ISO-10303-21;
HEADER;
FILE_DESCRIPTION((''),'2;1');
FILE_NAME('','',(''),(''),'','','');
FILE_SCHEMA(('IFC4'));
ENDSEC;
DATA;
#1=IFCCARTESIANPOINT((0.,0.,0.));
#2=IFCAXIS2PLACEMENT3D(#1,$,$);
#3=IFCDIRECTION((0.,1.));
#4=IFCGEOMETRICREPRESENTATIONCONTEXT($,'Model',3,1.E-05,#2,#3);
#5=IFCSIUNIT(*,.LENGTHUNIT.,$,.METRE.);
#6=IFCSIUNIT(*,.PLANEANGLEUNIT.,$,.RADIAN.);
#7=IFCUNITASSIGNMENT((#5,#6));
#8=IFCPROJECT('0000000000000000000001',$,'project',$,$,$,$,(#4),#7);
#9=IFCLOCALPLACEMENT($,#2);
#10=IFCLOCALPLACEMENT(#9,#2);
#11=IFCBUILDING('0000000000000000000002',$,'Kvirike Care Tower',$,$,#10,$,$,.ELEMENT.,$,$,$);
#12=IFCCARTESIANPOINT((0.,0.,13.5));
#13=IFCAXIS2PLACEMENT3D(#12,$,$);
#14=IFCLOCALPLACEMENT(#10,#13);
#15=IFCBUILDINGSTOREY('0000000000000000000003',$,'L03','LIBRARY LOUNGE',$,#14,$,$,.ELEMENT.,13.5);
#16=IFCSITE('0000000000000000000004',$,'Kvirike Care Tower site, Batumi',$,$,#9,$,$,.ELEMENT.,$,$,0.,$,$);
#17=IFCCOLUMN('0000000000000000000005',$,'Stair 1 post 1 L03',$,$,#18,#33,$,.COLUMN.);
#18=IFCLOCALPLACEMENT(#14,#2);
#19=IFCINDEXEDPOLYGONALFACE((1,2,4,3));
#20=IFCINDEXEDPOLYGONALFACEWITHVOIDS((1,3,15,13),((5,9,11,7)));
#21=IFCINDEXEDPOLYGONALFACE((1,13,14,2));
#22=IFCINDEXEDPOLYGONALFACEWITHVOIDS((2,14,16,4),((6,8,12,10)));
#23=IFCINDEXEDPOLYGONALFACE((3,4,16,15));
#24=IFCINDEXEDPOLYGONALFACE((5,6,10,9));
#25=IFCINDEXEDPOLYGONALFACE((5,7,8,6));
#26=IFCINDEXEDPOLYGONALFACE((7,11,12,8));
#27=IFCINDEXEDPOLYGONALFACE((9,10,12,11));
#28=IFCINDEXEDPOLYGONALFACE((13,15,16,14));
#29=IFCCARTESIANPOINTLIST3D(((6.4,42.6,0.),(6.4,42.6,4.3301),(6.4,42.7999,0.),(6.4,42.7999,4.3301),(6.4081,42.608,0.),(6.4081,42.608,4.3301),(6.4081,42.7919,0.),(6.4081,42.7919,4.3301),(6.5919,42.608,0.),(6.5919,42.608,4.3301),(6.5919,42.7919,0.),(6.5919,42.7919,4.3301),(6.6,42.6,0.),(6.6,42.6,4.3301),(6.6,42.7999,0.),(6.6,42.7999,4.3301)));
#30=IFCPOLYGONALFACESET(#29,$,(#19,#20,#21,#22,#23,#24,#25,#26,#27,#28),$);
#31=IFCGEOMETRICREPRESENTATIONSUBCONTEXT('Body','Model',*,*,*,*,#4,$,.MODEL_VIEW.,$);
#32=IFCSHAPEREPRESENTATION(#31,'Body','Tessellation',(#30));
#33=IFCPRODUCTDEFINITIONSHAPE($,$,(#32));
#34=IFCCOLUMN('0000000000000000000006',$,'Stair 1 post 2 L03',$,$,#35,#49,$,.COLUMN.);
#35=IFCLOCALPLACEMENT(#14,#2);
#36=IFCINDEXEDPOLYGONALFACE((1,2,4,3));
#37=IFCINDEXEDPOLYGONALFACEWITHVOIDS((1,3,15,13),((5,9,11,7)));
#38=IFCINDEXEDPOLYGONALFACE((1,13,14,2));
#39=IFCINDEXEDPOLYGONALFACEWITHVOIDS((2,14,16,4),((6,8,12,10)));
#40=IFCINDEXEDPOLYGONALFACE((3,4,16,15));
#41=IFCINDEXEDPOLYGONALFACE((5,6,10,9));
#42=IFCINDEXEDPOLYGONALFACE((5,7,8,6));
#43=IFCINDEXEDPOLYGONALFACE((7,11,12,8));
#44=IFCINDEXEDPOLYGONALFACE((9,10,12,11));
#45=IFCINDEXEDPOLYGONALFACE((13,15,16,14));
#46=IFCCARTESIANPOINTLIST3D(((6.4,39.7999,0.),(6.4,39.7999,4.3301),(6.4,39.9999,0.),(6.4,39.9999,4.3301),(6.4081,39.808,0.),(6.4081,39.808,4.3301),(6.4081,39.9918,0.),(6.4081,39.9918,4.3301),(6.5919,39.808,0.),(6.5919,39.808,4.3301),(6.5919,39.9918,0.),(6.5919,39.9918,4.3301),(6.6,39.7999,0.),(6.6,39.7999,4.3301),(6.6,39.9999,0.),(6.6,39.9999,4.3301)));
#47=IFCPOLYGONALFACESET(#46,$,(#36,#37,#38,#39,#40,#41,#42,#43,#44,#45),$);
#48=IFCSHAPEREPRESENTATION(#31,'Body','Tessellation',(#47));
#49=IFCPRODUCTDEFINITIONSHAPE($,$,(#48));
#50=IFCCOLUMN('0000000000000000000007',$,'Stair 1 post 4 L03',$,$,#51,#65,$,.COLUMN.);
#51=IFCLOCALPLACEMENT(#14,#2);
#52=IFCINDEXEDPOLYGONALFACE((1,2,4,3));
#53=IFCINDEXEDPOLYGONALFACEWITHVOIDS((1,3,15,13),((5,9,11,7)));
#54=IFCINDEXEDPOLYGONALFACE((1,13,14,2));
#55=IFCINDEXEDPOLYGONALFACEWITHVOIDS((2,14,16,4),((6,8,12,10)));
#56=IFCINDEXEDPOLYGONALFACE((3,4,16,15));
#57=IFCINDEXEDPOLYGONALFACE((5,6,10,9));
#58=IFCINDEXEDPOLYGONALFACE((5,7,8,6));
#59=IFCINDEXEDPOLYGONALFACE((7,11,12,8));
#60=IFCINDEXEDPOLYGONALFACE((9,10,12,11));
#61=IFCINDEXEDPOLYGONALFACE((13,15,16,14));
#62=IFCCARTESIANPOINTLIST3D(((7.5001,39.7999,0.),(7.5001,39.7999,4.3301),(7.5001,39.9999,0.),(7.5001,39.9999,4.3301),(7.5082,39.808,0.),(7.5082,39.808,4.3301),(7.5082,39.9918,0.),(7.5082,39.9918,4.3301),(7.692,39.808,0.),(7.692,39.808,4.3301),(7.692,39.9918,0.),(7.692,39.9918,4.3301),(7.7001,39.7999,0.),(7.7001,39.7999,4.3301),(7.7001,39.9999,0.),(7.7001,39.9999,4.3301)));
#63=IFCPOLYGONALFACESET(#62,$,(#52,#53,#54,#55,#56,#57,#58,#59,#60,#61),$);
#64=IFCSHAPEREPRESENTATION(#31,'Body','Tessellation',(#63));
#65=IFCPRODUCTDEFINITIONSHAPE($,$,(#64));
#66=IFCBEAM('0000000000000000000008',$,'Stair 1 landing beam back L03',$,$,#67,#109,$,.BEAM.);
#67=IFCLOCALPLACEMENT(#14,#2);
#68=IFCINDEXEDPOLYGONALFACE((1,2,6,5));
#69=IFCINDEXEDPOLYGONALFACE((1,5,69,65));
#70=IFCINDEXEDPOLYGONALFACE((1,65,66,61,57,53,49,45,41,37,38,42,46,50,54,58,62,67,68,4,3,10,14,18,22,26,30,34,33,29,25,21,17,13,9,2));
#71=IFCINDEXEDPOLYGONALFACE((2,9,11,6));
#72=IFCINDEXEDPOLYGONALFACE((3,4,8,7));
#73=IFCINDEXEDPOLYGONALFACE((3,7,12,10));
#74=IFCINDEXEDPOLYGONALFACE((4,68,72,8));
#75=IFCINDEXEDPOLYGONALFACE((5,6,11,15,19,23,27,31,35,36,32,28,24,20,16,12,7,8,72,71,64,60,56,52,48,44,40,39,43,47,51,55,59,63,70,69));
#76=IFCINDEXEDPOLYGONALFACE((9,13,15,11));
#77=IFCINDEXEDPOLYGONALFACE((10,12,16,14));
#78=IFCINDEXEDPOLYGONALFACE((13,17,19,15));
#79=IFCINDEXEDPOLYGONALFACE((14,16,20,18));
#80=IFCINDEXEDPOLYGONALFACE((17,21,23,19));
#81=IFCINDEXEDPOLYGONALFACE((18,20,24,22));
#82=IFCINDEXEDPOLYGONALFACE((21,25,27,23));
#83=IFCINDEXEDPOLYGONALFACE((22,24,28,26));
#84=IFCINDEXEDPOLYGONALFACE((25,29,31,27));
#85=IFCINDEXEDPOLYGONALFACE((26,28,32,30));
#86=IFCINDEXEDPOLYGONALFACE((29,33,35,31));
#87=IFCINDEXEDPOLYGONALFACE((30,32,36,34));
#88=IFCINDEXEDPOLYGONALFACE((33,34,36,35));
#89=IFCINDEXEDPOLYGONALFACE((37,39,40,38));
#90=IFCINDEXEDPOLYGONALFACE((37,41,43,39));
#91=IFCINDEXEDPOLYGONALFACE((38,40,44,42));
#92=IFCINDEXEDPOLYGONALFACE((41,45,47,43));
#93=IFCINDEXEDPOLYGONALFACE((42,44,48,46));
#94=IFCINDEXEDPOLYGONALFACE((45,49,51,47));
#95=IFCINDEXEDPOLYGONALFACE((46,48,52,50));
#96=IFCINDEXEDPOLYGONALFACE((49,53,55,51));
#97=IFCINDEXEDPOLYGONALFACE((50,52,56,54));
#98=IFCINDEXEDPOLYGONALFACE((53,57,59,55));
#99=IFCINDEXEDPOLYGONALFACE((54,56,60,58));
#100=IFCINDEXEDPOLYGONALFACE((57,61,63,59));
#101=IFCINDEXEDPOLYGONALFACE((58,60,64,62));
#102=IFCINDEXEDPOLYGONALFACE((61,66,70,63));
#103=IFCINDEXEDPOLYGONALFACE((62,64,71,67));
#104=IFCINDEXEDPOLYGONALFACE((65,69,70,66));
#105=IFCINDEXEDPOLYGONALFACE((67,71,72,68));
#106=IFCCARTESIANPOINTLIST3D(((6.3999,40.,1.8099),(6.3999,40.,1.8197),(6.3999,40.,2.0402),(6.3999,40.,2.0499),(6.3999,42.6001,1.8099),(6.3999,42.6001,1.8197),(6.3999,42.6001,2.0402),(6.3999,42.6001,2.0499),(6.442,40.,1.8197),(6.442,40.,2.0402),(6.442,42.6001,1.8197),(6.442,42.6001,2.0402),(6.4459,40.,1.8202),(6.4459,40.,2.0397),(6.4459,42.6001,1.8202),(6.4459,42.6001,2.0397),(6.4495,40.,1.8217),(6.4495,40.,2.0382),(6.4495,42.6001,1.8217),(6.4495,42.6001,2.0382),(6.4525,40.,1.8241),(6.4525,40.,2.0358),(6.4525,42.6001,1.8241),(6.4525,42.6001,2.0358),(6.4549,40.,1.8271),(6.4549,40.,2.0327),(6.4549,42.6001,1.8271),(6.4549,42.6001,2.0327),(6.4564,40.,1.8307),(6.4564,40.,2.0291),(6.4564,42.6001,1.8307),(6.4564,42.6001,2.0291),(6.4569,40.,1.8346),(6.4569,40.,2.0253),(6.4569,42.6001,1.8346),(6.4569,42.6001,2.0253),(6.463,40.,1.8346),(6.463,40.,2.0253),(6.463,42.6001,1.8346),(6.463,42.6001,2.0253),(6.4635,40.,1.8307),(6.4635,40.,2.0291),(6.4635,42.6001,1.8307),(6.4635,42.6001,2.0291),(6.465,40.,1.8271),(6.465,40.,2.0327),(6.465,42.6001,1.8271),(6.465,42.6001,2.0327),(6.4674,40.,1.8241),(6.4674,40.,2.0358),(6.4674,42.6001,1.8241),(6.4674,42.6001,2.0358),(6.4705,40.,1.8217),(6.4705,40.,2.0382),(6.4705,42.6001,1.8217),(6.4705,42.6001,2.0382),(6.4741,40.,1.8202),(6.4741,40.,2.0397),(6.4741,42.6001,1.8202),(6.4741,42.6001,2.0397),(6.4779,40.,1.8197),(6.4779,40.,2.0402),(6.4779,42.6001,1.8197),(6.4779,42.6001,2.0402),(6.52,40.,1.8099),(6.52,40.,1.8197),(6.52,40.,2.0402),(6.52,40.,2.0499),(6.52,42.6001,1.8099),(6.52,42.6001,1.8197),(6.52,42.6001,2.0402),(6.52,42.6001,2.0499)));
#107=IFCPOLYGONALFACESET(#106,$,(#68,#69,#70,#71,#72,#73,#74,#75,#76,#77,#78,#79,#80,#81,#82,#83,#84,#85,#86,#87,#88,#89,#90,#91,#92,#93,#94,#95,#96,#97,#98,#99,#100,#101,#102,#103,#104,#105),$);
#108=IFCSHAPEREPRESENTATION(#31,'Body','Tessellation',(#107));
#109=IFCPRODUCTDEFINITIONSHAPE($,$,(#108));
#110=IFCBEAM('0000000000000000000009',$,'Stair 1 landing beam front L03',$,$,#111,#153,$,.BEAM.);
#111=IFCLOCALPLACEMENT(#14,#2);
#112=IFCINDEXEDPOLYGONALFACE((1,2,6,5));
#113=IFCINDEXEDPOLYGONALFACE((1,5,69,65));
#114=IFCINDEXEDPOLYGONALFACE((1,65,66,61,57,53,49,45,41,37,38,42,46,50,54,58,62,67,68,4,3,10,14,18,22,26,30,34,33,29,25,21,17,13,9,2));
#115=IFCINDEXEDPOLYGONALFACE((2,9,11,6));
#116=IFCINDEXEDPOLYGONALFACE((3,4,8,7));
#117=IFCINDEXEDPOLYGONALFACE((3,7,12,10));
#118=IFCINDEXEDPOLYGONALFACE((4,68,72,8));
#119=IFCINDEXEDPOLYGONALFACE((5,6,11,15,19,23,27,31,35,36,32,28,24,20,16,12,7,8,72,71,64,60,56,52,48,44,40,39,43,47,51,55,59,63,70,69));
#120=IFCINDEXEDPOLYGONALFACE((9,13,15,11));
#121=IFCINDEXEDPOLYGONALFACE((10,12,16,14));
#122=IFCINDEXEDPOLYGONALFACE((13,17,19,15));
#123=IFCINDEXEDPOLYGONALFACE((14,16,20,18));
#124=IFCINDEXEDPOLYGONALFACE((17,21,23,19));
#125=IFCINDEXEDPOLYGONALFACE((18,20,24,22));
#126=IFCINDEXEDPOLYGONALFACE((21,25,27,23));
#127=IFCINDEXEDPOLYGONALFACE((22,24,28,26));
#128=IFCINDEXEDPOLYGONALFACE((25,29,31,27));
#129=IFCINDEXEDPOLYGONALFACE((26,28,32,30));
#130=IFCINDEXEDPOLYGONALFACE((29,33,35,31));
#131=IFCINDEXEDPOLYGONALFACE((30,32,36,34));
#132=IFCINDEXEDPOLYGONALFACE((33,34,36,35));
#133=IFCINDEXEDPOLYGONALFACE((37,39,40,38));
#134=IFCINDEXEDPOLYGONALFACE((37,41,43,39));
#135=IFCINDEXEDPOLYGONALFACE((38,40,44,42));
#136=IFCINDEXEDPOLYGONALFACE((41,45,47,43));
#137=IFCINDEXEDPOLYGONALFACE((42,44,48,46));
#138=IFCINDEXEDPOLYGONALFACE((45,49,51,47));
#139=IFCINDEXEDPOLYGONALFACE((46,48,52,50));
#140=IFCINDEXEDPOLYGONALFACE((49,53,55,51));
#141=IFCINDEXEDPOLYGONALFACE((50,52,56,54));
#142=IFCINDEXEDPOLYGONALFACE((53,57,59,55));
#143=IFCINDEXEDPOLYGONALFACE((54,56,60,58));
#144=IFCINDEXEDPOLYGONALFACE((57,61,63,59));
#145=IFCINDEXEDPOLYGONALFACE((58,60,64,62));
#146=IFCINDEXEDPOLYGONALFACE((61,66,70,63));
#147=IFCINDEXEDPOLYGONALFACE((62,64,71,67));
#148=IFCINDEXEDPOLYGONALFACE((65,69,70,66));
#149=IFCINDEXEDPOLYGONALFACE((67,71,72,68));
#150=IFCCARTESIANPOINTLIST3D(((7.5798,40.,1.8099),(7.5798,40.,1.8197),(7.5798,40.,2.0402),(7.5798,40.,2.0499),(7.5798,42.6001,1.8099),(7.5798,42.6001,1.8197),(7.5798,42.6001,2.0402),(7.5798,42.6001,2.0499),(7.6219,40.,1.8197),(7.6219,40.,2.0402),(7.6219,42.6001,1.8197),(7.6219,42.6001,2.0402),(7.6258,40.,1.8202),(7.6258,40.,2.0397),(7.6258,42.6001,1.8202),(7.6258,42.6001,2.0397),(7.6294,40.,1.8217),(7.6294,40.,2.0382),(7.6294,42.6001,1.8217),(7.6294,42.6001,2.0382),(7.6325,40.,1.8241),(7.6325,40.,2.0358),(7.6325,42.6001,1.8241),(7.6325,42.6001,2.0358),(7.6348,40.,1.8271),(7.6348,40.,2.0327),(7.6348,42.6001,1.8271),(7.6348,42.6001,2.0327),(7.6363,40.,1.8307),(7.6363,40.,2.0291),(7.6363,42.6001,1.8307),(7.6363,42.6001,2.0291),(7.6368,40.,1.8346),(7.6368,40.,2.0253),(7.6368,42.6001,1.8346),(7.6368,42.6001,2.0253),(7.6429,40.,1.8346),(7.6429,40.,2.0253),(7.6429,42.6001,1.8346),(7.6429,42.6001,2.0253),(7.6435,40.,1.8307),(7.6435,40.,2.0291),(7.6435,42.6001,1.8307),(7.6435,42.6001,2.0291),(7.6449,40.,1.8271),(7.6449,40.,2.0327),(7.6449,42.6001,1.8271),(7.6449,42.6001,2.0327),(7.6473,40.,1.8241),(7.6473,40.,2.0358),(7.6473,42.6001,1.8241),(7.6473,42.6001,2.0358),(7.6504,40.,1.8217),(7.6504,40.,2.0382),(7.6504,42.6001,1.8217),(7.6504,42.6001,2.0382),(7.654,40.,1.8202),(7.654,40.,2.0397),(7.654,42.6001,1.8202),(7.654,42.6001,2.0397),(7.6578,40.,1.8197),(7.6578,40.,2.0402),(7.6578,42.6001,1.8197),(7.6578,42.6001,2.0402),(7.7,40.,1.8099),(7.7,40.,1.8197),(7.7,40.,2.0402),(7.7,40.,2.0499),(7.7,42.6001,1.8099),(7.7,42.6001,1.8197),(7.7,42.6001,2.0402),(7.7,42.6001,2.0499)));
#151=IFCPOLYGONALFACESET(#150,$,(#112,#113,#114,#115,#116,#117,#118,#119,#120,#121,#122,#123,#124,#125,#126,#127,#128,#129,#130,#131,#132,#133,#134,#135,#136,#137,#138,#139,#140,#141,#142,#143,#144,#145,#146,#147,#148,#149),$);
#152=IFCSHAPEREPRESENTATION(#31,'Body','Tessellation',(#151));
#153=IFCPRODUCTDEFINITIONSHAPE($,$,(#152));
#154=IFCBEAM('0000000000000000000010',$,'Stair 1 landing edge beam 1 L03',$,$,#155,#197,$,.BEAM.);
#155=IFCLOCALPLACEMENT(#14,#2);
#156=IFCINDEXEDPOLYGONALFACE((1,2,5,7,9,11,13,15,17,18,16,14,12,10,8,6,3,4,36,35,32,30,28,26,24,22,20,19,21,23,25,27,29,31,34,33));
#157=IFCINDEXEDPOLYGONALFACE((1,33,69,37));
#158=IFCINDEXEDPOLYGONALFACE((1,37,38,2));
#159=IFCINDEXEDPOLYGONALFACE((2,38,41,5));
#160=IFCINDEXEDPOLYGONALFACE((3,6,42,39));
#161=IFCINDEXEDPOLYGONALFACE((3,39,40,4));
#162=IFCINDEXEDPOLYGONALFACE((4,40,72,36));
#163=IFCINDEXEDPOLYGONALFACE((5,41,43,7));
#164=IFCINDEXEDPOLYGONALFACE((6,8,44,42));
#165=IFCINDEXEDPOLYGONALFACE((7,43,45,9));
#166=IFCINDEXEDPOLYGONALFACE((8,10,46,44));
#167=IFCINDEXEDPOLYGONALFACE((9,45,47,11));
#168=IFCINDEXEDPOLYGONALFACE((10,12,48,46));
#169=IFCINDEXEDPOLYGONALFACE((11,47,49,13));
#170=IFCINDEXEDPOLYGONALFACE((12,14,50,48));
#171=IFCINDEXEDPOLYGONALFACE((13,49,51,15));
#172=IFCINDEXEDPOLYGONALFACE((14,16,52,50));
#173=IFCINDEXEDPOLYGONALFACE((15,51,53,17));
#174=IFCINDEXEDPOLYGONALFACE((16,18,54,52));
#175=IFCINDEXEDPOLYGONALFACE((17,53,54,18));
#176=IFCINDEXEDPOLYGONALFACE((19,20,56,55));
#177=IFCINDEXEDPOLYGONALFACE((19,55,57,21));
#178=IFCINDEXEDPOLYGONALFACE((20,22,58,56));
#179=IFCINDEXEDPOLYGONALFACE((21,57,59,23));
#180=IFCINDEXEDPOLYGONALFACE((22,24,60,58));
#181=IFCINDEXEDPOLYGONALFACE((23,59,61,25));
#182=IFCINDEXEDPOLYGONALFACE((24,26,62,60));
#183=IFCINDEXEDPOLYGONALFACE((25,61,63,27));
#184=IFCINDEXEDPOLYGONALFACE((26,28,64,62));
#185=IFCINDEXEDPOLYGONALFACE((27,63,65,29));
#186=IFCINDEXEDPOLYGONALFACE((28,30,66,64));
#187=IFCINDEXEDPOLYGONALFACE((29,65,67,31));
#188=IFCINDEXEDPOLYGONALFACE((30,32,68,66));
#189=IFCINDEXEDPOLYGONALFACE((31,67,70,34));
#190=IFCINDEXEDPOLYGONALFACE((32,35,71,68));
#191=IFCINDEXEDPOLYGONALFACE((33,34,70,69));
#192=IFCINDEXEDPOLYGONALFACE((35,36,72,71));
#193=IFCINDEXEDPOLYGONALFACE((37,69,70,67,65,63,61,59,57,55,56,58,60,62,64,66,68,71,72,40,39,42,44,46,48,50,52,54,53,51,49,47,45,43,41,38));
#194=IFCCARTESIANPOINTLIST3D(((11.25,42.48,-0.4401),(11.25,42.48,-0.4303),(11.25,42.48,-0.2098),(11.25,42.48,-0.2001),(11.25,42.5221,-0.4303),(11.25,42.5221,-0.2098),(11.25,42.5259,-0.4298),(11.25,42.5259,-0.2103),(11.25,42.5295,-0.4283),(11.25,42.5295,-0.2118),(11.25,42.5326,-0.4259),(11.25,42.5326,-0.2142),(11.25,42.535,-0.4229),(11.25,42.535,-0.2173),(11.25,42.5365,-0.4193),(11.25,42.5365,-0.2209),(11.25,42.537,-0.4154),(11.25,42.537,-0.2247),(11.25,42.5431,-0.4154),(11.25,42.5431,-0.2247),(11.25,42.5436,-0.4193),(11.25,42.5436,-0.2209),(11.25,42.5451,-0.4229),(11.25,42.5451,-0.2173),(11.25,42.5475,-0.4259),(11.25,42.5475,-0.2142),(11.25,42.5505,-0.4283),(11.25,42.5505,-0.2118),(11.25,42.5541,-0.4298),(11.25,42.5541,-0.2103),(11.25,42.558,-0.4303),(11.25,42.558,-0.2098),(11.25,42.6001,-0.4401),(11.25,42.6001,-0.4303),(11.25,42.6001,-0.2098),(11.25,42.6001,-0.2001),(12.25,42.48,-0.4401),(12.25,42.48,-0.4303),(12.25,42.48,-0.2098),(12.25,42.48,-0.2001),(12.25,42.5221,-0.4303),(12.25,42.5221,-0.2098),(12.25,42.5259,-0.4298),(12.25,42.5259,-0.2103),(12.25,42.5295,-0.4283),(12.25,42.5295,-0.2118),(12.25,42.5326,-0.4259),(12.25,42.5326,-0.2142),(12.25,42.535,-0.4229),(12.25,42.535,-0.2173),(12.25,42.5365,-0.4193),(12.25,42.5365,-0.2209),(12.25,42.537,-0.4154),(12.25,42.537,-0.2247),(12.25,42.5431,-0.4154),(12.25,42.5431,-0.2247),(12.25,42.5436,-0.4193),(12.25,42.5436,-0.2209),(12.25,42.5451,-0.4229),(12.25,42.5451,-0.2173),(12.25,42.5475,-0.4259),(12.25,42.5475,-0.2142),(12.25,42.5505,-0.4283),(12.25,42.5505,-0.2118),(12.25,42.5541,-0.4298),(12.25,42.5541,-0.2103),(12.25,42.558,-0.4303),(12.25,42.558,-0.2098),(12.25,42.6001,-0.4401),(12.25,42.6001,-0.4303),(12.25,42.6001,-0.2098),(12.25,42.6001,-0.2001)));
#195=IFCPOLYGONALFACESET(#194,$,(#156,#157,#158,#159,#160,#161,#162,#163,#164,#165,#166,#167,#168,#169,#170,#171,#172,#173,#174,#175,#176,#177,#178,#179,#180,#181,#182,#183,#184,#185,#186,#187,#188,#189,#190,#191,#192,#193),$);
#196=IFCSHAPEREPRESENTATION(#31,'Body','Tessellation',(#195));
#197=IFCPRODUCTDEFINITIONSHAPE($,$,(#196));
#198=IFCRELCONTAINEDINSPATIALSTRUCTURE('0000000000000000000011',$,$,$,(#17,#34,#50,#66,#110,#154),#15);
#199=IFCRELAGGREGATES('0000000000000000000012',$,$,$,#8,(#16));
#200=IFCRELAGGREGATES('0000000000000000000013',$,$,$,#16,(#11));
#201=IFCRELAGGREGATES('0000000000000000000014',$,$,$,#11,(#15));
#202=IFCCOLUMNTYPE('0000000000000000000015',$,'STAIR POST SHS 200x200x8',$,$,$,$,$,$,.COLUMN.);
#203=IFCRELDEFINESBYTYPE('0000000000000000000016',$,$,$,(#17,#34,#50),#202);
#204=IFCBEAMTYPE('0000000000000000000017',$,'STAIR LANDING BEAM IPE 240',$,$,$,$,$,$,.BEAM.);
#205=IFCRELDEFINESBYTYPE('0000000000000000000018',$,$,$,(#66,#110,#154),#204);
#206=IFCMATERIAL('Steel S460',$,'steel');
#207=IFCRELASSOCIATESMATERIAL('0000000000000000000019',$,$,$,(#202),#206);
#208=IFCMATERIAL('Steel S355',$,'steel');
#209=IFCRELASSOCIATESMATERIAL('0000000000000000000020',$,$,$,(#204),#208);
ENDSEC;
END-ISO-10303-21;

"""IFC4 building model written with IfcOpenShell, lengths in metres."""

from ifc_helpers import new_model, si_unit, direction, frame, origin, origin_2d, place, context, subcontext, project, spatial, hollow_rectangle, i_section, extrude, material, material_profile, profile_set, type_object, element, save


model = new_model("IFC4")

# Units and contexts
model_context = context("Model", 3, precision=1e-05, world=origin(), true_north=direction((0.0, 1.0)))
body_context = subcontext(model_context, "Body", "Model", "MODEL_VIEW")
ifc_project = project(units=[si_unit("LENGTHUNIT", "METRE"), si_unit("PLANEANGLEUNIT", "RADIAN")], contexts=[model_context])

# Site, building, storey
site_placement = place(None, origin())
site = spatial("IfcSite", under=ifc_project, at=site_placement, Name="Kvirike Care Tower site, Batumi", CompositionType="ELEMENT", RefElevation=0.0)
building_placement = place(site_placement, origin())
building = spatial("IfcBuilding", under=site, at=building_placement, Name="Kvirike Care Tower", CompositionType="ELEMENT")
storey_placement = place(building_placement, frame((0.0, 0.0, 13.5)))
storey = spatial("IfcBuildingStorey", under=building, at=storey_placement, Name="L03", Description="LIBRARY LOUNGE", CompositionType="ELEMENT", Elevation=13.5)

# Columns
ifc_material_1 = material(Name="Steel S460", Category="steel")
ifc_material_profile_1 = material_profile(ifc_material_1, hollow_rectangle(XDim=0.2, YDim=0.2, WallThickness=0.0081, at=origin_2d()), Name="SHS 200x200x8")
ifc_profile_set_1 = profile_set([ifc_material_profile_1], Name="Steel S460")
column_type = type_object("IfcColumnType", Name="STAIR POST SHS 200x200x8", PredefinedType="COLUMN", material=ifc_profile_set_1)
for number, where, z_axis, x_axis, name in (
    (1, (6.5, 42.7, 0.0), (0.0, 0.0, 1.0), (1.0, 0.0, 0.0), "Stair 1 post 1 L03"),
    (2, (6.5, 39.8999, 0.0), (0.0, 0.0, 1.0), (1.0, 0.0, 0.0), "Stair 1 post 2 L03"),
    (3, (7.6001, 39.8999, 0.0), (0.0, 0.0, 1.0), (1.0, 0.0, 0.0), "Stair 1 post 4 L03"),
):
    element("IfcColumn", number, at=place(storey_placement, frame(where, z_axis=z_axis, x_axis=x_axis)), inside=storey, type_object=column_type, Name=name, PredefinedType="COLUMN", context=body_context, shape_type="SweptSolid", body=[
        extrude(hollow_rectangle(XDim=0.2, YDim=0.2, WallThickness=0.0081, at=origin_2d()), origin(), (0.0, 0.0, 1.0), 4.3301),
    ])

# Beams
ifc_material_2 = material(Name="Steel S355", Category="steel")
ifc_material_profile_2 = material_profile(ifc_material_2, i_section(OverallWidth=0.1201, OverallDepth=0.24, WebThickness=0.0061, FlangeThickness=0.0098, FilletRadius=0.0149, at=origin_2d()), Name="IPE 240")
ifc_profile_set_2 = profile_set([ifc_material_profile_2], Name="Steel S355")
beam_type = type_object("IfcBeamType", Name="STAIR LANDING BEAM IPE 240", PredefinedType="BEAM", material=ifc_profile_set_2)
for number, where, z_axis, x_axis, name in (
    (4, (6.46, 42.6001, 1.9299), (0.0, -1.0, 0.0), (1.0, 0.0, 0.0), "Stair 1 landing beam back L03"),
    (5, (7.6399, 42.6001, 1.9299), (0.0, -1.0, 0.0), (1.0, 0.0, 0.0), "Stair 1 landing beam front L03"),
):
    element("IfcBeam", number, at=place(storey_placement, frame(where, z_axis=z_axis, x_axis=x_axis)), inside=storey, type_object=beam_type, Name=name, PredefinedType="BEAM", context=body_context, shape_type="SweptSolid", body=[
        extrude(i_section(OverallWidth=0.1201, OverallDepth=0.24, WebThickness=0.0061, FlangeThickness=0.0098, FilletRadius=0.0149, at=origin_2d()), origin(), (0.0, 0.0, 1.0), 2.6001),
    ])
for number, where, z_axis, x_axis, name in (
    (6, (11.25, 42.54, -0.3201), (1.0, 0.0, 0.0), (0.0, 1.0, 0.0), "Stair 1 landing edge beam 1 L03"),
):
    element("IfcBeam", number, at=place(storey_placement, frame(where, z_axis=z_axis, x_axis=x_axis)), inside=storey, type_object=beam_type, Name=name, PredefinedType="BEAM", context=body_context, shape_type="SweptSolid", body=[
        extrude(i_section(OverallWidth=0.1201, OverallDepth=0.24, WebThickness=0.0061, FlangeThickness=0.0098, FilletRadius=0.0149, at=origin_2d()), origin(), (0.0, 0.0, 1.0), 1.0),
    ])

save(model, "model.ifc")
